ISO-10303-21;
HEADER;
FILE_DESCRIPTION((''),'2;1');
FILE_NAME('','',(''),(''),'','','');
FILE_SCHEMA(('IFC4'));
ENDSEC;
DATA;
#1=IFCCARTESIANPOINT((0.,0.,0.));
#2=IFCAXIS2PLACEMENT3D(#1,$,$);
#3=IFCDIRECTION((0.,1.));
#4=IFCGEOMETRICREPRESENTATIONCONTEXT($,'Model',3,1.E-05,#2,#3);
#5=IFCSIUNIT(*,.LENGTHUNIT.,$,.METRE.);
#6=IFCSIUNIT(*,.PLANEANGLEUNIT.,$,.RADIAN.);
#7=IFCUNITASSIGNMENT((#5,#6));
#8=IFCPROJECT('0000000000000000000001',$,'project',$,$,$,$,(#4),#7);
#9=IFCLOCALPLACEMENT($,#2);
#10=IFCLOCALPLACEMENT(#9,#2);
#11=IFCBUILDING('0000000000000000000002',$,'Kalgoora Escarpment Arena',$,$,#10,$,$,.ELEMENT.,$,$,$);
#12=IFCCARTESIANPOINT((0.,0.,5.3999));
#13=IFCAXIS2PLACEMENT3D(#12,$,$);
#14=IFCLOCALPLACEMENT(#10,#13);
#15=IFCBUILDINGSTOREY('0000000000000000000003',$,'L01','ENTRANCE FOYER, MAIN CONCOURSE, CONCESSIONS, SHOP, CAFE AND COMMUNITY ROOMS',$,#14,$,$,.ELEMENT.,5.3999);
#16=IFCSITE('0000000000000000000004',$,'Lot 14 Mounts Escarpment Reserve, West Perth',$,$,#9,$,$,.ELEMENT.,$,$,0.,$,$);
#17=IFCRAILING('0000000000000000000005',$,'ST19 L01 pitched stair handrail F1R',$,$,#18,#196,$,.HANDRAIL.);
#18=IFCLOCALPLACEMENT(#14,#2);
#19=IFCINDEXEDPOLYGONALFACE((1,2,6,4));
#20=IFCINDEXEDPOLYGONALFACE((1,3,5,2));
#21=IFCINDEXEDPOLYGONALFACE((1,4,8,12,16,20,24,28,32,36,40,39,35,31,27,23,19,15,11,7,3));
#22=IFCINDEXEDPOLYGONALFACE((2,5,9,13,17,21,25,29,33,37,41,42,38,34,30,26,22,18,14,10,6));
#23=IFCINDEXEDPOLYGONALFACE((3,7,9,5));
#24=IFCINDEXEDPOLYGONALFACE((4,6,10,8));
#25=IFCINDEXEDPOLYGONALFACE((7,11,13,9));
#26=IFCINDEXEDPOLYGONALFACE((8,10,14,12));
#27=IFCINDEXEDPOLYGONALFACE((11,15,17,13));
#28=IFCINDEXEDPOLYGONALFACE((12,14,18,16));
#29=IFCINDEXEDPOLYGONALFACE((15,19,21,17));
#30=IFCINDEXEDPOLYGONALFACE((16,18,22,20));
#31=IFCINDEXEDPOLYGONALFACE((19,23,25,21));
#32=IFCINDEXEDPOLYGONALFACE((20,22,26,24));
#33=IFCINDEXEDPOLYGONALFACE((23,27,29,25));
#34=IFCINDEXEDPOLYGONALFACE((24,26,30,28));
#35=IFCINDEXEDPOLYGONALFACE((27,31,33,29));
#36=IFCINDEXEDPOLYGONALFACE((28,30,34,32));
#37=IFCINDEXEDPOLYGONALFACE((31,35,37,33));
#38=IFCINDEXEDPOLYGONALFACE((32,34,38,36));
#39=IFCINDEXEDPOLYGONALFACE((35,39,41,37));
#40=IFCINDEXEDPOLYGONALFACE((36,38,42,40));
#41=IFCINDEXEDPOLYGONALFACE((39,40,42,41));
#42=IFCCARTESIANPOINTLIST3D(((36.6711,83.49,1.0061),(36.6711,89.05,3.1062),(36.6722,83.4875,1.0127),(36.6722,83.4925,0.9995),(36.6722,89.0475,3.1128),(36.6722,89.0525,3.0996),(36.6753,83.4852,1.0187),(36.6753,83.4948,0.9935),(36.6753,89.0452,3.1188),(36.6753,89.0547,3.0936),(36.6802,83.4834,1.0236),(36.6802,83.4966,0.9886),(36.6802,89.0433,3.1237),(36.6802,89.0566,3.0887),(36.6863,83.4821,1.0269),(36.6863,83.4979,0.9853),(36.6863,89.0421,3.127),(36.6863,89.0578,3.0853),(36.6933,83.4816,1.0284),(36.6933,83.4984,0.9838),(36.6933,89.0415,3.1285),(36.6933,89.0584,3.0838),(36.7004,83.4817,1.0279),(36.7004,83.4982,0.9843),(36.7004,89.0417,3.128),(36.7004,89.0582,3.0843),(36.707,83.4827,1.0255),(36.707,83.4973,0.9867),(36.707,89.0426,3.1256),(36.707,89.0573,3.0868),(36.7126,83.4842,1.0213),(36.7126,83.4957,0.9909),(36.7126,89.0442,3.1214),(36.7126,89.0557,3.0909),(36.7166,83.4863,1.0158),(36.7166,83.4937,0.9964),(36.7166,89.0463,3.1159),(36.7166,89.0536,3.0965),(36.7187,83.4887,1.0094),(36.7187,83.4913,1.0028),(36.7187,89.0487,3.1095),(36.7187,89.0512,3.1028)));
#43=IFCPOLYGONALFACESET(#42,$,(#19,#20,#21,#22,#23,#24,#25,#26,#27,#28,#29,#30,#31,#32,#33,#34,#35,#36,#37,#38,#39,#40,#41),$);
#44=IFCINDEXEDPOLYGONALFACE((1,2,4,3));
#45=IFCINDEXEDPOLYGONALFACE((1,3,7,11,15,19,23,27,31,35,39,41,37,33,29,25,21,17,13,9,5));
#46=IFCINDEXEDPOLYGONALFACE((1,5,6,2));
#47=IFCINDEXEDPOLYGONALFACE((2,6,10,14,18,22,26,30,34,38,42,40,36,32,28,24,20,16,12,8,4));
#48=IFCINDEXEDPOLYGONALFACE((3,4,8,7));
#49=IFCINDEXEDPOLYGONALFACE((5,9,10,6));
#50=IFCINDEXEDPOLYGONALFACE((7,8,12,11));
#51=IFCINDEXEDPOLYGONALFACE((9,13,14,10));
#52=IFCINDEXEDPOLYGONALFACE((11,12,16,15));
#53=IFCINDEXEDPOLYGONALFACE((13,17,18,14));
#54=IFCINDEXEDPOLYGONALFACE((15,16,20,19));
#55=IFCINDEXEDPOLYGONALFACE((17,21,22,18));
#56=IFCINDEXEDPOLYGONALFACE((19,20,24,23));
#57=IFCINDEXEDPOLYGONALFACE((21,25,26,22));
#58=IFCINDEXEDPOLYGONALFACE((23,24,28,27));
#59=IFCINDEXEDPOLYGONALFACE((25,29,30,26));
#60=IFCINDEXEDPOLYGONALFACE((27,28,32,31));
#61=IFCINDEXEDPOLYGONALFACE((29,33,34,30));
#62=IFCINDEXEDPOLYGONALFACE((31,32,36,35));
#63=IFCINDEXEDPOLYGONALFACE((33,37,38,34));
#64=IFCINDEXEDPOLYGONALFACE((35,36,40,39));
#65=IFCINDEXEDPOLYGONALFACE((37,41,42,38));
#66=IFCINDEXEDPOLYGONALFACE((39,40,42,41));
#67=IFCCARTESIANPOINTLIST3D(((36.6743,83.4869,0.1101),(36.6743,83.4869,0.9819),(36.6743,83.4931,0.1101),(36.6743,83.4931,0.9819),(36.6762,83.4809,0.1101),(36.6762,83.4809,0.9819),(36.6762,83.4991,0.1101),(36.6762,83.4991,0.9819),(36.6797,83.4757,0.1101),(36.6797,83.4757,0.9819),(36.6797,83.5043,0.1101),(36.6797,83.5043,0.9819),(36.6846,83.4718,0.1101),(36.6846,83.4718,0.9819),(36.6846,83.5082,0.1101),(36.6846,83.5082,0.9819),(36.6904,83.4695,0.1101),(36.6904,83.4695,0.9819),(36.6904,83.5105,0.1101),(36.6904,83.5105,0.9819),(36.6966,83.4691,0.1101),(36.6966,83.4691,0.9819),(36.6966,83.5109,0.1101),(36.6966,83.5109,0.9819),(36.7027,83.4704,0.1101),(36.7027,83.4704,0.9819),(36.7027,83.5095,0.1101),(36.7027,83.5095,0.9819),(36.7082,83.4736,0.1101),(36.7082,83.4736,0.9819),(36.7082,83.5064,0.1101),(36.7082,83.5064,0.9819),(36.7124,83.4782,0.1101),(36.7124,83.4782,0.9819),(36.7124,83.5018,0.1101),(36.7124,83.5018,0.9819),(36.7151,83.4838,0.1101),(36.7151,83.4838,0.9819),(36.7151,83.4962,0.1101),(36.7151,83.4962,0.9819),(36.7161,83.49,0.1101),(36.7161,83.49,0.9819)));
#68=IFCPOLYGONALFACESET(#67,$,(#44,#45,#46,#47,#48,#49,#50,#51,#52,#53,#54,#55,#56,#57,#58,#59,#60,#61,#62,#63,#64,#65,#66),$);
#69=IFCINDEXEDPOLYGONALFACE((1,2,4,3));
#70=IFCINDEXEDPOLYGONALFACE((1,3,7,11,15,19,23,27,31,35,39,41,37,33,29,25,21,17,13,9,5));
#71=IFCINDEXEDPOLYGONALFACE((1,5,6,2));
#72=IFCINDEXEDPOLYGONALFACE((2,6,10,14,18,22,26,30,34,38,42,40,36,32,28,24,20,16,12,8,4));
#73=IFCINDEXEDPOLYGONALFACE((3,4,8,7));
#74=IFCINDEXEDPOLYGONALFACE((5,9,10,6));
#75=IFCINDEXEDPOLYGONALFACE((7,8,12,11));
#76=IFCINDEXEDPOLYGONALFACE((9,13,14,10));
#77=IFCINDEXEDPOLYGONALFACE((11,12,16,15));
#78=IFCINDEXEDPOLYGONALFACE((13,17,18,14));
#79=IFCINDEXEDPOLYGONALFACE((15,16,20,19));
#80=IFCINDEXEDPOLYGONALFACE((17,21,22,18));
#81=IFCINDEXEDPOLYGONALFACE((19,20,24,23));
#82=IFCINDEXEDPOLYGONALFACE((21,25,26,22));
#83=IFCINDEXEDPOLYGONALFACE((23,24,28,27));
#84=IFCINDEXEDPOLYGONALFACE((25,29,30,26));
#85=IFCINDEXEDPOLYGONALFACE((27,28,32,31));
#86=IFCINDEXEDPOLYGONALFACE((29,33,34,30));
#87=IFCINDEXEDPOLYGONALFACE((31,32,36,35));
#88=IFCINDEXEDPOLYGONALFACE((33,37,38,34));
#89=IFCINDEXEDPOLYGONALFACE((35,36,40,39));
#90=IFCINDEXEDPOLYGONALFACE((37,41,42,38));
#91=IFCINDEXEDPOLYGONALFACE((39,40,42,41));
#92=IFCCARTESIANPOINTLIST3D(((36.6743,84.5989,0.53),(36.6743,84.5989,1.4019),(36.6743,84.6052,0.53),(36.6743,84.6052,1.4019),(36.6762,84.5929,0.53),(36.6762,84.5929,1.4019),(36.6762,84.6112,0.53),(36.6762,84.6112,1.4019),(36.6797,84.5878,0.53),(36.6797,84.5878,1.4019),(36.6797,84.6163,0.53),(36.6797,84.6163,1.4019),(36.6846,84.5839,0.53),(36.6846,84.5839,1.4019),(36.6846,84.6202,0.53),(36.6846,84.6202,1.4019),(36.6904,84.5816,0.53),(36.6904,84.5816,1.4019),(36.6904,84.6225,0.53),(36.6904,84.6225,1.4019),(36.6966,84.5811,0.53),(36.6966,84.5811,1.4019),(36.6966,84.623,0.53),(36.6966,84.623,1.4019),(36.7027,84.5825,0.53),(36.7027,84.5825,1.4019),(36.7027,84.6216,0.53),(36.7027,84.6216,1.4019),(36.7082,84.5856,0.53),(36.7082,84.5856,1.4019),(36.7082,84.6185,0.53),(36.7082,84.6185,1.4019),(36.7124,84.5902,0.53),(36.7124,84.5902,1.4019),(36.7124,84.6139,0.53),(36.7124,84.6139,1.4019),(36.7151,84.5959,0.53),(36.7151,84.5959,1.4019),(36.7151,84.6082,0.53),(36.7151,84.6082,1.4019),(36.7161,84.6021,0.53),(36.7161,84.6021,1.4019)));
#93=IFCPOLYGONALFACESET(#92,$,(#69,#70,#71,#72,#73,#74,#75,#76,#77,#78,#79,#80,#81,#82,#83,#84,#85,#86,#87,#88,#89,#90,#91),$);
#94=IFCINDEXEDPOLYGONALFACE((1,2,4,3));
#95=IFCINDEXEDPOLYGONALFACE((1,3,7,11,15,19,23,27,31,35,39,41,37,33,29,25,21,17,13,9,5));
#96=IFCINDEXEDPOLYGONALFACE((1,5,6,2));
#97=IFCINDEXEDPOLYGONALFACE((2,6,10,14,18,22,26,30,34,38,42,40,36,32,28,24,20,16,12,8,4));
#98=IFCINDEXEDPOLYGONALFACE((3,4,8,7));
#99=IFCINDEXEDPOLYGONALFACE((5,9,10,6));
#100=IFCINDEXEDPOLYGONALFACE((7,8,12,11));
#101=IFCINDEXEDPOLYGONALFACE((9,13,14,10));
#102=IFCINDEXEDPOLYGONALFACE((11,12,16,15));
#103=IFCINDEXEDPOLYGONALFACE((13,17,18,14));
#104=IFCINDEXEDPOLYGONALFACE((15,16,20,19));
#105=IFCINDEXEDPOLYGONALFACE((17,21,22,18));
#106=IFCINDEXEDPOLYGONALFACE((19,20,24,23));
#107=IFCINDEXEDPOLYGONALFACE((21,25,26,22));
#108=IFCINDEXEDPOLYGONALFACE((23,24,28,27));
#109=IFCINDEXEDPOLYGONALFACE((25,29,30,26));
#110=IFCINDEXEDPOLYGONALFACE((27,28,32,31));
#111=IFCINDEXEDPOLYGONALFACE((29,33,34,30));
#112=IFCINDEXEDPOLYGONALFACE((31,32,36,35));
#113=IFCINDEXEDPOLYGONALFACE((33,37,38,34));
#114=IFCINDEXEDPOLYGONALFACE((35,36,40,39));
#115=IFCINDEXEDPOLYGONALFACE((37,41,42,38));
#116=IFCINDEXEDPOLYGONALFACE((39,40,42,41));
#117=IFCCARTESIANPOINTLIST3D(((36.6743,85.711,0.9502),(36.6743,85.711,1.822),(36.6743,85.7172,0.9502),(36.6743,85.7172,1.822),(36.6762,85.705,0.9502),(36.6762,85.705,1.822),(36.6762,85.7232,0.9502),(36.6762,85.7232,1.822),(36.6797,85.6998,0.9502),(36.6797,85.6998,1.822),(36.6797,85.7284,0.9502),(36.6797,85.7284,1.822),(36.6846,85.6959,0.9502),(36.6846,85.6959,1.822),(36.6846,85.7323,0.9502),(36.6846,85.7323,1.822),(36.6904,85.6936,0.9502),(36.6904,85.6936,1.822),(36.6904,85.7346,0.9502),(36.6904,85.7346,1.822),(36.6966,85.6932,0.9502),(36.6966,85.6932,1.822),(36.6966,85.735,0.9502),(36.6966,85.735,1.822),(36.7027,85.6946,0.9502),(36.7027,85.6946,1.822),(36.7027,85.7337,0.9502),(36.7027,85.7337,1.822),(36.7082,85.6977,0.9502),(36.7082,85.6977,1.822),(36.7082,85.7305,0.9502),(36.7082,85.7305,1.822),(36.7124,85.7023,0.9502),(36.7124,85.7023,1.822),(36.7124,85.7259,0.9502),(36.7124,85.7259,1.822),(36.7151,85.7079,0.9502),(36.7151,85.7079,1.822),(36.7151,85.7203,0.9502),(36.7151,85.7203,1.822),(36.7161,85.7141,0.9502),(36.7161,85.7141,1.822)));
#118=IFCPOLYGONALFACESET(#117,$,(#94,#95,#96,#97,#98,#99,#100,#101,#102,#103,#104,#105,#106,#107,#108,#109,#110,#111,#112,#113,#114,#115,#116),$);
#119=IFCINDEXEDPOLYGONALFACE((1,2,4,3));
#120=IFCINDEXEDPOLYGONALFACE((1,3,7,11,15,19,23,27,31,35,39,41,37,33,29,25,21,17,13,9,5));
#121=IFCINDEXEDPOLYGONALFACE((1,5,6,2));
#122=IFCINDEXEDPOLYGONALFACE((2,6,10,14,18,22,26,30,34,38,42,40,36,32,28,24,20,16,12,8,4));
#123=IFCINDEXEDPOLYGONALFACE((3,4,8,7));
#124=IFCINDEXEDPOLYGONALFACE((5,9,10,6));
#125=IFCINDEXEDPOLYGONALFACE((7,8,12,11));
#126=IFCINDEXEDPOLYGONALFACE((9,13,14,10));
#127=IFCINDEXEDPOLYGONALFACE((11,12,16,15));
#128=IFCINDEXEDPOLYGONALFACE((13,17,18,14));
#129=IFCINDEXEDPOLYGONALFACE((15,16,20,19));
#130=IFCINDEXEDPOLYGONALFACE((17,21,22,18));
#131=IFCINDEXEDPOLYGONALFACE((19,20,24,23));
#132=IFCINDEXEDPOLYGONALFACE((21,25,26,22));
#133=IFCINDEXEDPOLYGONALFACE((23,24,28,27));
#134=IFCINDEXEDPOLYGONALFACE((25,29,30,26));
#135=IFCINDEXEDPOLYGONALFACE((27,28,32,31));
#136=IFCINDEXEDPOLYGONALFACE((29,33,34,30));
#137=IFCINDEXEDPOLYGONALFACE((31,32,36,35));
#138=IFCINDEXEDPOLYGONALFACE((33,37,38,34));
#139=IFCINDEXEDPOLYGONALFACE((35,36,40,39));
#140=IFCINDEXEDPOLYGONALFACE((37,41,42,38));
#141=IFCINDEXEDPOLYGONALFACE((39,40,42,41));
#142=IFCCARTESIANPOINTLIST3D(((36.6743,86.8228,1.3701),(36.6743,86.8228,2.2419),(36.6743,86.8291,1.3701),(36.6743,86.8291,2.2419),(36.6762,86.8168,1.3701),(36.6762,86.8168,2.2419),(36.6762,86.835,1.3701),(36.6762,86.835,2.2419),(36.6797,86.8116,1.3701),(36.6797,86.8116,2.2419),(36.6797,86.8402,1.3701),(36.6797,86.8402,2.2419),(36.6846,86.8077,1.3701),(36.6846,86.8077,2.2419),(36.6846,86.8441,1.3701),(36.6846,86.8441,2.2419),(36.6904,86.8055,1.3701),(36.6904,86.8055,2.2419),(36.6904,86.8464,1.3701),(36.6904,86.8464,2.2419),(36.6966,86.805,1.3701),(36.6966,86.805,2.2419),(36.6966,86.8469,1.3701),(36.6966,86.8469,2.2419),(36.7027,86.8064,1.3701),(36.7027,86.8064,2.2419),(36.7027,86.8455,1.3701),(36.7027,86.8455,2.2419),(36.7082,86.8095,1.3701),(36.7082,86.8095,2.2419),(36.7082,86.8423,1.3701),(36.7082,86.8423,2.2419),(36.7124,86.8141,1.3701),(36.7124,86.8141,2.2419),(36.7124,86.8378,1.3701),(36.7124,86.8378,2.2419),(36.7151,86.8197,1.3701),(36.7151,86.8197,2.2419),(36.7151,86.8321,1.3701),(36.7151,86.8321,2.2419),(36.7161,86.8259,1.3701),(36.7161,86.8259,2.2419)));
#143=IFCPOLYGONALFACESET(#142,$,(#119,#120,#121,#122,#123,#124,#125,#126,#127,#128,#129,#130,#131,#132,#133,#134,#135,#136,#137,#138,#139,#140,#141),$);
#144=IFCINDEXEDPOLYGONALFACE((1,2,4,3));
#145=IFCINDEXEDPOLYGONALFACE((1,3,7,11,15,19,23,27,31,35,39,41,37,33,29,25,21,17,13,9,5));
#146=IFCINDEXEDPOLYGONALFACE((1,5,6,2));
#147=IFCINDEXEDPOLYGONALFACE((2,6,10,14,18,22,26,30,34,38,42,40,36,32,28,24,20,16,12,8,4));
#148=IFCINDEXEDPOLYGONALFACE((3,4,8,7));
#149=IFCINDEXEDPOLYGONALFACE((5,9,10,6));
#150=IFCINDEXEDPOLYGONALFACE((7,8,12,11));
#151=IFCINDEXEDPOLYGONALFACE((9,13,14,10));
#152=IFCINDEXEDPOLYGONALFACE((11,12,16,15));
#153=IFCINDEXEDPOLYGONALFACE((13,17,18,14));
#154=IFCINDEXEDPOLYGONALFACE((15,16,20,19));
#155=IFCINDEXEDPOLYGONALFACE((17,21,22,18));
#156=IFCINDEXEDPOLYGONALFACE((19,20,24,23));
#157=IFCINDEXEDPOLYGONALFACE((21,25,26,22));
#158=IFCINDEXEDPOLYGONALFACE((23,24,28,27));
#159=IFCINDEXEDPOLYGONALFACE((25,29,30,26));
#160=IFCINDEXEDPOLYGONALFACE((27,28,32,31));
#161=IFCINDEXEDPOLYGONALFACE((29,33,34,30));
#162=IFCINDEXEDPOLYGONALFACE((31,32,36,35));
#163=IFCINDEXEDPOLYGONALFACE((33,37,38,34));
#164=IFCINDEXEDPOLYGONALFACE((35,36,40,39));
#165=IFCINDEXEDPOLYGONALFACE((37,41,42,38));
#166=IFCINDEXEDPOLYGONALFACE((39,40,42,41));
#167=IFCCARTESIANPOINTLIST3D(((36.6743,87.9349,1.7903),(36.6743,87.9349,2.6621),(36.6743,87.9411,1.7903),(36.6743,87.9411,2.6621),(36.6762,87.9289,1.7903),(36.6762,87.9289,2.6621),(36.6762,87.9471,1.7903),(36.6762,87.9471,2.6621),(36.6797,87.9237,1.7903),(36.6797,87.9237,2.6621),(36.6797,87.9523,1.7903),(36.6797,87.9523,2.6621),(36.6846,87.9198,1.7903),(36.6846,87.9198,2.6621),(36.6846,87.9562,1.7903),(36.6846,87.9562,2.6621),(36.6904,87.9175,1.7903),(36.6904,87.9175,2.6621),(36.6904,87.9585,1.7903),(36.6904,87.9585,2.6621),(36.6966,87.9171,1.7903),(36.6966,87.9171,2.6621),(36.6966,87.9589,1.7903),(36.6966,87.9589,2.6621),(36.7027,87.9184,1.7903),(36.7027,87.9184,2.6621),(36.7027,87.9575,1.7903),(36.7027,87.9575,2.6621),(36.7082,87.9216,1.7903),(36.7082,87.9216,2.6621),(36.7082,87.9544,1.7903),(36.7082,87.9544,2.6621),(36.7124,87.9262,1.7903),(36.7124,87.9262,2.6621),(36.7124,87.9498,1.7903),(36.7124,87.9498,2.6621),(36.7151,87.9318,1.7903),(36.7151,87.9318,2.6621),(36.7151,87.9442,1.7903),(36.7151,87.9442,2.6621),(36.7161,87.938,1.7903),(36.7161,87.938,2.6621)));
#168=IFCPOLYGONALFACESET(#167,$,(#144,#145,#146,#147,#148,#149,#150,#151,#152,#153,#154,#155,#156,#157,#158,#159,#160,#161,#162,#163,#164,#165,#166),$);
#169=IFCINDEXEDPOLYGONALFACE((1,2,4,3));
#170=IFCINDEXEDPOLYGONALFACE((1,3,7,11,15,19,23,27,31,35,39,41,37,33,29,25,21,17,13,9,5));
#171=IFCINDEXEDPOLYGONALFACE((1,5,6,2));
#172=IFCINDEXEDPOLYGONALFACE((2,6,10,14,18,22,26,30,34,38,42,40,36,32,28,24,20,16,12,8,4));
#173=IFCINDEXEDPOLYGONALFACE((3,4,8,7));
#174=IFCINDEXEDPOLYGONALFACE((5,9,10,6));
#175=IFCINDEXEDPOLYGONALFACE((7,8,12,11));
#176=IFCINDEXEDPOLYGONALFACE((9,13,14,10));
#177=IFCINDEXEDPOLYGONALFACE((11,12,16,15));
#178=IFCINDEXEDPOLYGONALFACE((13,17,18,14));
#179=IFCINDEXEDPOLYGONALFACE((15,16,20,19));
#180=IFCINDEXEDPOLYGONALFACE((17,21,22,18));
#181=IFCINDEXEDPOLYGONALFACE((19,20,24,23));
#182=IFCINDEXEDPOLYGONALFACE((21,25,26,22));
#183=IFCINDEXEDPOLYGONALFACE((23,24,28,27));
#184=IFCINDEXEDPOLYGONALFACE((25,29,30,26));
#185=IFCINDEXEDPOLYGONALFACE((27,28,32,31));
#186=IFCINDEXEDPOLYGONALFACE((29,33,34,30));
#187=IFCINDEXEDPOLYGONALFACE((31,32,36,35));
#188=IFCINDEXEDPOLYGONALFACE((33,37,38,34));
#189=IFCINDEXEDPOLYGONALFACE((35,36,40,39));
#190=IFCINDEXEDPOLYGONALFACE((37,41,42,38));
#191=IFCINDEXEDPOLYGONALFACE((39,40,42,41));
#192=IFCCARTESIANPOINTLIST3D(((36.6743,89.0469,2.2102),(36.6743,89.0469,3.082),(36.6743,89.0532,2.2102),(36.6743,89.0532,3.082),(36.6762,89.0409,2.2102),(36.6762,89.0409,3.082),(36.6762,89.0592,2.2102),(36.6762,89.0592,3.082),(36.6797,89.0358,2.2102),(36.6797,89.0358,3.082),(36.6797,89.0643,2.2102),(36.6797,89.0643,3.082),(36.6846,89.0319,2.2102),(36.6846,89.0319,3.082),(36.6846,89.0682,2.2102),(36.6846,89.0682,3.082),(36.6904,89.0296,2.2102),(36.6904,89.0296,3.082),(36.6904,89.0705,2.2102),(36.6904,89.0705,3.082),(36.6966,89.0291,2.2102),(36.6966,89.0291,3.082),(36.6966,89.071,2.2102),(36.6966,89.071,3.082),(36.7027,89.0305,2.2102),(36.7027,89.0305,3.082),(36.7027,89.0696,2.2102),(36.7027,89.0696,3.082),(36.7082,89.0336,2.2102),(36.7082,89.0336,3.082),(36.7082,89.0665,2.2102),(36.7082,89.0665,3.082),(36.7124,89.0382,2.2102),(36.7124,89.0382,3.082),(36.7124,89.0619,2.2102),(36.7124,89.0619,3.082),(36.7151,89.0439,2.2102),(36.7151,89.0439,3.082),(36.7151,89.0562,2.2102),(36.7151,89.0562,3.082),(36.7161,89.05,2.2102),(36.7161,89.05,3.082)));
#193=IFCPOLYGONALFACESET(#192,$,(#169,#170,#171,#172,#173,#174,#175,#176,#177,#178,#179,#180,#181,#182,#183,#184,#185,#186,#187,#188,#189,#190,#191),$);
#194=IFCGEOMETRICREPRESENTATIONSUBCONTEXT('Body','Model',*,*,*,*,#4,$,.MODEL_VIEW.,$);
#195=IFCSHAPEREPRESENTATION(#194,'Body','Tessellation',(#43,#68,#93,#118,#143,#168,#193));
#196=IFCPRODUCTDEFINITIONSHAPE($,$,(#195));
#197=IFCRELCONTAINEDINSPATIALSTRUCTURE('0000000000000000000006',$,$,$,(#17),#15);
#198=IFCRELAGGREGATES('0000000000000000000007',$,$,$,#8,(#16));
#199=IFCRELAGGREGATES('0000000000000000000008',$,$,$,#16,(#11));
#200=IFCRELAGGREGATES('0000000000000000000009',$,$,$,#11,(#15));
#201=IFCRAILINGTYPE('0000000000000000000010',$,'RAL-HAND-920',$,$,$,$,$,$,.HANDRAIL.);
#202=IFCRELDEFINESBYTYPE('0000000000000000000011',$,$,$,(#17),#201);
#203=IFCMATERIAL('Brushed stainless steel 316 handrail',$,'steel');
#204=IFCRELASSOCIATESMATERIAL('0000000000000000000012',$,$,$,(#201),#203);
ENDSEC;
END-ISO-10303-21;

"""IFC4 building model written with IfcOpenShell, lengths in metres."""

from ifc_helpers import new_model, si_unit, direction, frame, origin, origin_2d, place, context, subcontext, project, spatial, circle, extrude, material, type_object, element, save


model = new_model("IFC4")

# Units and contexts
model_context = context("Model", 3, precision=1e-05, world=origin(), true_north=direction((0.0, 1.0)))
body_context = subcontext(model_context, "Body", "Model", "MODEL_VIEW")
ifc_project = project(units=[si_unit("LENGTHUNIT", "METRE"), si_unit("PLANEANGLEUNIT", "RADIAN")], contexts=[model_context])

# Site, building, storey
site_placement = place(None, origin())
site = spatial("IfcSite", under=ifc_project, at=site_placement, Name="Lot 14 Mounts Escarpment Reserve, West Perth", CompositionType="ELEMENT", RefElevation=0.0)
building_placement = place(site_placement, origin())
building = spatial("IfcBuilding", under=site, at=building_placement, Name="Kalgoora Escarpment Arena", CompositionType="ELEMENT")
storey_placement = place(building_placement, frame((0.0, 0.0, 5.3999)))
storey = spatial("IfcBuildingStorey", under=building, at=storey_placement, Name="L01", Description="ENTRANCE FOYER, MAIN CONCOURSE, CONCESSIONS, SHOP, CAFE AND COMMUNITY ROOMS", CompositionType="ELEMENT", Elevation=5.3999)

# Railing
ifc_material_1 = material(Name="Brushed stainless steel 316 handrail", Category="steel")
railing_type_1 = type_object("IfcRailingType", Name="RAL-HAND-920", PredefinedType="HANDRAIL", material=ifc_material_1)
railing_1_placement = place(storey_placement, frame((36.6951, 83.49, 0.1101)))
element("IfcRailing", 1, at=railing_1_placement, inside=storey, type_object=railing_type_1, Name="ST19 L01 pitched stair handrail F1R", PredefinedType="HANDRAIL", context=body_context, shape_type="SweptSolid", body=[
    extrude(circle(Radius=0.0239, at=origin_2d()), frame((0.0, 0.0, 0.896), z_axis=(0.0, 0.935493, 0.353346), x_axis=(-1.0, 0.0, 0.0)), (0.0, 0.0, 1.0), 5.9434),
    extrude(circle(Radius=0.021, at=origin_2d()), origin(), (0.0, 0.0, 1.0), 0.8718),
    extrude(circle(Radius=0.021, at=origin_2d()), frame((0.0, 1.1121, 0.4199)), (0.0, 0.0, 1.0), 0.8718),
    extrude(circle(Radius=0.021, at=origin_2d()), frame((0.0, 2.2241, 0.8401)), (0.0, 0.0, 1.0), 0.8718),
    extrude(circle(Radius=0.021, at=origin_2d()), frame((0.0, 3.3359, 1.26)), (0.0, 0.0, 1.0), 0.8718),
    extrude(circle(Radius=0.021, at=origin_2d()), frame((0.0, 4.448, 1.6802)), (0.0, 0.0, 1.0), 0.8718),
    extrude(circle(Radius=0.021, at=origin_2d()), frame((0.0, 5.5601, 2.1001)), (0.0, 0.0, 1.0), 0.8718),
])

save(model, "model.ifc")
